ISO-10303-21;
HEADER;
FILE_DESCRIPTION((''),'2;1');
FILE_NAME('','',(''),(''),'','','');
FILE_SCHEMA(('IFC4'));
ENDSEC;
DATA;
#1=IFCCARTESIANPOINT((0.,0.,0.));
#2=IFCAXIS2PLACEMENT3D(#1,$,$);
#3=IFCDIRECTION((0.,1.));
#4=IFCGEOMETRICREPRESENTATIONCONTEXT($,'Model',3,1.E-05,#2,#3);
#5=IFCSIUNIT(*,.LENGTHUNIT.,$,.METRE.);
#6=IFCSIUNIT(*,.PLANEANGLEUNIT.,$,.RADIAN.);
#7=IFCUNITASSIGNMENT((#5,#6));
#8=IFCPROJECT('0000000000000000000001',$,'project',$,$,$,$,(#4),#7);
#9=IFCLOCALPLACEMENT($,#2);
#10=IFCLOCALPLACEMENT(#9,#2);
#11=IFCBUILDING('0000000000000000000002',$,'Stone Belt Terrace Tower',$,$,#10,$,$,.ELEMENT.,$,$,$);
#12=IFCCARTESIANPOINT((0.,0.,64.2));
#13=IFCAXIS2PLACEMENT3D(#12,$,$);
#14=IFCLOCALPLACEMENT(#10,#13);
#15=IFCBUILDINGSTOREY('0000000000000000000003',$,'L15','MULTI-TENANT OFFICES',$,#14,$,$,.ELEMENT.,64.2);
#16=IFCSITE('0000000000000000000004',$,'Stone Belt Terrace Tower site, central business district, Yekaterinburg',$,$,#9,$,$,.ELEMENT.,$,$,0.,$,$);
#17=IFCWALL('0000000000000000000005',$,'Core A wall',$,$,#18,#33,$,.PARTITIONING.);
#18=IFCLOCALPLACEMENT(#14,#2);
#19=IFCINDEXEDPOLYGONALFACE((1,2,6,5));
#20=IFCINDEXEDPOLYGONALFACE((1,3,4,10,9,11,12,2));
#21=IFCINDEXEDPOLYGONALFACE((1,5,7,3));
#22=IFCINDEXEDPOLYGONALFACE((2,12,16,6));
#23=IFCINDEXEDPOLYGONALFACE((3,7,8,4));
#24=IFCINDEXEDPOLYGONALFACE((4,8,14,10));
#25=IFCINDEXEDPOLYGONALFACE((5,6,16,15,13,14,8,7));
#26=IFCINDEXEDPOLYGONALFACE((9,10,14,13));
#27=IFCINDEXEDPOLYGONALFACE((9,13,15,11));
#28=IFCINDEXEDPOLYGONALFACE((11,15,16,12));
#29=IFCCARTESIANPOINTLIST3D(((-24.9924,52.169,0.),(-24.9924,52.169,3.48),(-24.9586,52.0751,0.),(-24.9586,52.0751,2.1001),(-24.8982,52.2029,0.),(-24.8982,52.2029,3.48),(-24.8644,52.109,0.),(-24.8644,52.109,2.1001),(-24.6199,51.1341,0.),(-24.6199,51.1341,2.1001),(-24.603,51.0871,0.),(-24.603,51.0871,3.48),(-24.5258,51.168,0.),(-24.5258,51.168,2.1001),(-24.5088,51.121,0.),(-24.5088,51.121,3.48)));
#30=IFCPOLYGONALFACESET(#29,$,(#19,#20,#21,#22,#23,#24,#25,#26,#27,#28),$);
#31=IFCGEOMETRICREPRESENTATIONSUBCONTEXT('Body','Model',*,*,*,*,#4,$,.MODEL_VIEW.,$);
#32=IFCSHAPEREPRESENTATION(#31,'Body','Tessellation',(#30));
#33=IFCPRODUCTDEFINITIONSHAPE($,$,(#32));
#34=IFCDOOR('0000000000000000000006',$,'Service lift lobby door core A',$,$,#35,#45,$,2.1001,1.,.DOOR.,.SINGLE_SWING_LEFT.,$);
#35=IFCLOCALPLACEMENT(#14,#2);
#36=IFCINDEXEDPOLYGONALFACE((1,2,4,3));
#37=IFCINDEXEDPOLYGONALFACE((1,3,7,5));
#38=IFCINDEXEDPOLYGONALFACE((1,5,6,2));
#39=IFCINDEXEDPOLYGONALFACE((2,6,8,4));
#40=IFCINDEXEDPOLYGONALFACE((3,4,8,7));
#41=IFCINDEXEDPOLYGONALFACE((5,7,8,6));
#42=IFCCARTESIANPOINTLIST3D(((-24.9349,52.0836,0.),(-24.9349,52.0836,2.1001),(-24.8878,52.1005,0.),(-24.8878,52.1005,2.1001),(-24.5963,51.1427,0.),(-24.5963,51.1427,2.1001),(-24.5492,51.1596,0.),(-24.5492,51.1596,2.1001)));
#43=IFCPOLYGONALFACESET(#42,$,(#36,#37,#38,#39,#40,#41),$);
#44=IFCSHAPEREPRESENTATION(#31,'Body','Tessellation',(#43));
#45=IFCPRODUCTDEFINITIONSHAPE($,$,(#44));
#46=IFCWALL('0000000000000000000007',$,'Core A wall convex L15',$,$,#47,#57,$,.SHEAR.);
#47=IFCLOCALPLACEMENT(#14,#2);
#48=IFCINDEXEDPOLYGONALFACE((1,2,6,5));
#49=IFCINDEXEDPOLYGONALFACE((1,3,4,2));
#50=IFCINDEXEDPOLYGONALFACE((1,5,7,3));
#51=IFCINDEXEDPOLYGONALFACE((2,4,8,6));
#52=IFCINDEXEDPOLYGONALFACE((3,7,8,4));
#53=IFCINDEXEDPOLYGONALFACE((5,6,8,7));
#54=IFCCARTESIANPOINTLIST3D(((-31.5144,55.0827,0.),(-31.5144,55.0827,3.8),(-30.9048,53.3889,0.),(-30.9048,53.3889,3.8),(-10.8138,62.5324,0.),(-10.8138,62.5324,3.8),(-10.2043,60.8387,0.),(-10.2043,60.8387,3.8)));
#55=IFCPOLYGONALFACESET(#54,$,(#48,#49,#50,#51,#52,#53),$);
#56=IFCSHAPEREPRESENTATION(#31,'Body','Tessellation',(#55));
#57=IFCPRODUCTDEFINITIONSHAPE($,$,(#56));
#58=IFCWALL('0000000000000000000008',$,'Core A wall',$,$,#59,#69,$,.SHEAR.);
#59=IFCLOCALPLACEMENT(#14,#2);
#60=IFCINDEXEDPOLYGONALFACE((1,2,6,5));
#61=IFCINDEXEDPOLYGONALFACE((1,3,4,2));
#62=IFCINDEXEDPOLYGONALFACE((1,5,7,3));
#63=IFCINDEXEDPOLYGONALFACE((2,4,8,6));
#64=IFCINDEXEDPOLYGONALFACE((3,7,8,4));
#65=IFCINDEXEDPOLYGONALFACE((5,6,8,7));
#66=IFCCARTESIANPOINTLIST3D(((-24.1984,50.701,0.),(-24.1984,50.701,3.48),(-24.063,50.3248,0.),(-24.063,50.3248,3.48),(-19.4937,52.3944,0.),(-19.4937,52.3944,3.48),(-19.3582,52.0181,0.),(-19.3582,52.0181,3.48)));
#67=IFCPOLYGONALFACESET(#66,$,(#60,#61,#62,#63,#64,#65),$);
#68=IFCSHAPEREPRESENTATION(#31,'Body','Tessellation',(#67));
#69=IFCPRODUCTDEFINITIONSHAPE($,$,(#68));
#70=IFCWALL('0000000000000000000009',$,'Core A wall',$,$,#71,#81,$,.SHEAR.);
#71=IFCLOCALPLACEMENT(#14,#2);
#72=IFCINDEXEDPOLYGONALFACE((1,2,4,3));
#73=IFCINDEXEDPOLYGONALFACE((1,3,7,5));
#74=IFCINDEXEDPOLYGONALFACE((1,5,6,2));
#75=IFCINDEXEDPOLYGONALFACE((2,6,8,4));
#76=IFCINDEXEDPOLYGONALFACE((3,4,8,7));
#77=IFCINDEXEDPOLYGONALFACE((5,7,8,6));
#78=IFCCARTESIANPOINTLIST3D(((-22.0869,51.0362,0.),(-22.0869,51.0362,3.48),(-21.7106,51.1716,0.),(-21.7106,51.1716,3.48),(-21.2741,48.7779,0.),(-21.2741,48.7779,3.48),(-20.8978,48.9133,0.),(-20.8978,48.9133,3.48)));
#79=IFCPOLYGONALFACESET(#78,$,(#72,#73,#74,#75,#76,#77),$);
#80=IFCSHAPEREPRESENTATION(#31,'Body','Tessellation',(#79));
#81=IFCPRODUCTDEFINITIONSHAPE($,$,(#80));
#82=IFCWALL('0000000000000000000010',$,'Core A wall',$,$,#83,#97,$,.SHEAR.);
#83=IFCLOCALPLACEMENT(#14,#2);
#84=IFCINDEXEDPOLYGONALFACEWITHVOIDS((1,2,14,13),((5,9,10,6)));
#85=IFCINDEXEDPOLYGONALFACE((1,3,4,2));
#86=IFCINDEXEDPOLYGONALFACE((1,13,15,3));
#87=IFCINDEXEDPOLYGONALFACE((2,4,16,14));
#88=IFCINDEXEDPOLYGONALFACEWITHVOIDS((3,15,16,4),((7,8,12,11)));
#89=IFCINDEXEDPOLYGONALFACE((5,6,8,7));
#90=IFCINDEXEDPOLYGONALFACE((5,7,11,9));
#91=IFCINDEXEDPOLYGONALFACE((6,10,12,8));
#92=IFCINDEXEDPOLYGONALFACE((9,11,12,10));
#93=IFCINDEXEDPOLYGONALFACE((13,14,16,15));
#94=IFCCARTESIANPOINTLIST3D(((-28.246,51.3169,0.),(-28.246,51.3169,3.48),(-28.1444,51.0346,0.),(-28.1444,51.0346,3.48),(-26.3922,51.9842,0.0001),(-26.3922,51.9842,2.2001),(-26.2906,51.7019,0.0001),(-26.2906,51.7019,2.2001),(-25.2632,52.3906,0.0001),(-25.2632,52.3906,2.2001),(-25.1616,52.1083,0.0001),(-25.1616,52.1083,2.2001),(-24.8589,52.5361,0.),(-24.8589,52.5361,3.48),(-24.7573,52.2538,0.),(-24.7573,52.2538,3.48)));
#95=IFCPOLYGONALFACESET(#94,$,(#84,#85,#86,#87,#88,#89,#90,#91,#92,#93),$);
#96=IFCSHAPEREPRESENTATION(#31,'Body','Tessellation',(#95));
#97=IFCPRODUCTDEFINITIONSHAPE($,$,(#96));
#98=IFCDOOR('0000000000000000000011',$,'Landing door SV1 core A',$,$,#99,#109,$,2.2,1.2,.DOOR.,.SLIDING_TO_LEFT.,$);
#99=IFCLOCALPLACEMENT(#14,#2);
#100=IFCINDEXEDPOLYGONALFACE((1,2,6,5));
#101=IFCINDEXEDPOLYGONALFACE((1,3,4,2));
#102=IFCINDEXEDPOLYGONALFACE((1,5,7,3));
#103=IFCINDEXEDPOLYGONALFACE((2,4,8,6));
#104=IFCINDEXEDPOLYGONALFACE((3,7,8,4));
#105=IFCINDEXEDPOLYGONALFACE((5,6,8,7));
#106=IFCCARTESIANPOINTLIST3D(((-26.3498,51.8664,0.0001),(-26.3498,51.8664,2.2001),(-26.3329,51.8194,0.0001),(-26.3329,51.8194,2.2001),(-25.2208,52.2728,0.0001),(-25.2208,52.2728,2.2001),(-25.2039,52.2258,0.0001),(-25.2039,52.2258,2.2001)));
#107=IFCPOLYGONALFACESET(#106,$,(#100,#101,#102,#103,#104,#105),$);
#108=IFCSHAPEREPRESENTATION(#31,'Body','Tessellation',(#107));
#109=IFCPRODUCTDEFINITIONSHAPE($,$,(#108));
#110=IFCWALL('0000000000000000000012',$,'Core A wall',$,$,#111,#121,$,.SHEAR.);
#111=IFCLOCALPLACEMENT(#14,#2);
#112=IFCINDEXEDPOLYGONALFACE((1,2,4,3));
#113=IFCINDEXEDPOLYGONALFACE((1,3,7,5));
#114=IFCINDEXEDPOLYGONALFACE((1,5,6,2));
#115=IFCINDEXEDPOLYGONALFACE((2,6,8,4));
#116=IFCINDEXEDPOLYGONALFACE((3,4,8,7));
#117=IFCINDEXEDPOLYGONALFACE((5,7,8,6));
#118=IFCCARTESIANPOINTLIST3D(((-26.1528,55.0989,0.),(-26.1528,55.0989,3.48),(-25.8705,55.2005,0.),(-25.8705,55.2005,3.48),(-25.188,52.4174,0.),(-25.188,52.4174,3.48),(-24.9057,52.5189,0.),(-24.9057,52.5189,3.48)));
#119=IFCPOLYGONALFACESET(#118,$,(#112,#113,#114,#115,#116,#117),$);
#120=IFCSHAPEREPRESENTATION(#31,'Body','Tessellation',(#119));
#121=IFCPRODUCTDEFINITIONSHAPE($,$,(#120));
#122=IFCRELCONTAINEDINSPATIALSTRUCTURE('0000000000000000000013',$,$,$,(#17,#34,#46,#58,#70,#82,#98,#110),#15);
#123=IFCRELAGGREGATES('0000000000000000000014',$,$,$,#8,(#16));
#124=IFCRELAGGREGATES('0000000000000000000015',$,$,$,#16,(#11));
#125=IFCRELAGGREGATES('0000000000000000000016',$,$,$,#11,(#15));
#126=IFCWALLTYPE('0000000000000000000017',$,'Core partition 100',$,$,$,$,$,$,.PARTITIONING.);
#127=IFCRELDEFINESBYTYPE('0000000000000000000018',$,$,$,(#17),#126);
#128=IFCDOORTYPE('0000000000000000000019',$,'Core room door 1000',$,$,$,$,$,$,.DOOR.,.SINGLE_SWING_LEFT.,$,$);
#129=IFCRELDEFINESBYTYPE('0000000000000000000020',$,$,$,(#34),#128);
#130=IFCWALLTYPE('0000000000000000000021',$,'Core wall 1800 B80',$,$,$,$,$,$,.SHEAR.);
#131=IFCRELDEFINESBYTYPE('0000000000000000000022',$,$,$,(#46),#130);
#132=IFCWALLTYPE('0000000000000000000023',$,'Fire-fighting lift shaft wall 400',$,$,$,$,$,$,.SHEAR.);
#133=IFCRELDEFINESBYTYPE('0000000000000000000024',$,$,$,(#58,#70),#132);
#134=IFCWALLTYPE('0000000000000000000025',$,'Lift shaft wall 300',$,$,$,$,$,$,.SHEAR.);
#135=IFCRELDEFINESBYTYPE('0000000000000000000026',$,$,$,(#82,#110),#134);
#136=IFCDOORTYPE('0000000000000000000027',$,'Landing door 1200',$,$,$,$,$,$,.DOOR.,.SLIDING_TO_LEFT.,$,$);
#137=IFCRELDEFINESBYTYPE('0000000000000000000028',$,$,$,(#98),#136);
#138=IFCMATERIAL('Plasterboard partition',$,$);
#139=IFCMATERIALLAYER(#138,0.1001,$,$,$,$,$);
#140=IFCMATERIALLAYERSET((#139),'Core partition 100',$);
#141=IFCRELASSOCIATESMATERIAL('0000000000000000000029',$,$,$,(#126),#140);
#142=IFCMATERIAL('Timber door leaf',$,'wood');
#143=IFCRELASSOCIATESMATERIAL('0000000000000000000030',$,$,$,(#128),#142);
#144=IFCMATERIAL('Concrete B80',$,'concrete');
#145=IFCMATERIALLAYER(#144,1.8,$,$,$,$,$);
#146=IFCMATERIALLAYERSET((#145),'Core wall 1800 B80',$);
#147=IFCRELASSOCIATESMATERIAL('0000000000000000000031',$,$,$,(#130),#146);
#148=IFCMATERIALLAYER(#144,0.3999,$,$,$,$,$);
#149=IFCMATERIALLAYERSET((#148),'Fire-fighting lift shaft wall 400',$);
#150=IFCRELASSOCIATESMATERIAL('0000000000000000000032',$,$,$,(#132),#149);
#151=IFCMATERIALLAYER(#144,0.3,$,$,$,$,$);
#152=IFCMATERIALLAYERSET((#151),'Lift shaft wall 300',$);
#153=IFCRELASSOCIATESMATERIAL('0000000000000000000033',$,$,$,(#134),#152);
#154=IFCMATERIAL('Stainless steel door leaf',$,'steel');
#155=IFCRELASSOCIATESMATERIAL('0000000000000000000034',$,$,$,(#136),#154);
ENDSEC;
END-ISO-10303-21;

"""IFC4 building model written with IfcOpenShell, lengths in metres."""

from ifc_helpers import new_model, si_unit, direction, frame, frame_2d, origin, place, context, subcontext, project, spatial, rectangle, extrude, material, layer, layer_set, type_object, element, fill, save


model = new_model("IFC4")

# Units and contexts
model_context = context("Model", 3, precision=1e-05, world=origin(), true_north=direction((0.0, 1.0)))
body_context = subcontext(model_context, "Body", "Model", "MODEL_VIEW")
ifc_project = project(units=[si_unit("LENGTHUNIT", "METRE"), si_unit("PLANEANGLEUNIT", "RADIAN")], contexts=[model_context])

# Site, building, storey
site_placement = place(None, origin())
site = spatial("IfcSite", under=ifc_project, at=site_placement, Name="Stone Belt Terrace Tower site, central business district, Yekaterinburg", CompositionType="ELEMENT", RefElevation=0.0)
building_placement = place(site_placement, origin())
building = spatial("IfcBuilding", under=site, at=building_placement, Name="Stone Belt Terrace Tower", CompositionType="ELEMENT")
storey_placement = place(building_placement, frame((0.0, 0.0, 64.2)))
storey = spatial("IfcBuildingStorey", under=building, at=storey_placement, Name="L15", Description="MULTI-TENANT OFFICES", CompositionType="ELEMENT", Elevation=64.2)

# Wall, opening, door
ifc_material_1 = material(Name="Plasterboard partition")
ifc_layer_1 = layer(ifc_material_1, 0.1001)
ifc_layer_set_1 = layer_set([ifc_layer_1], Name="Core partition 100")
wall_type_1 = type_object("IfcWallType", Name="Core partition 100", PredefinedType="PARTITIONING", material=ifc_layer_set_1)
wall_1_placement = place(storey_placement, frame((-24.5559, 51.104, 0.0), z_axis=(0.0, 0.0, 1.0), x_axis=(-0.338622, 0.940923, 0.0)))
wall_1 = element("IfcWall", 1, at=wall_1_placement, inside=storey, type_object=wall_type_1, Name="Core A wall", PredefinedType="PARTITIONING", context=body_context, shape_type="SweptSolid", body=[
    extrude(rectangle(XDim=1.1499, YDim=0.1001, at=frame_2d((0.575, 0.0))), origin(), (0.0, 0.0, 1.0), 3.48),
])
opening_1_placement = place(wall_1_placement, frame((0.05, 0.0, 0.0)))
opening_1 = element("IfcOpeningElement", 2, at=opening_1_placement, cuts=wall_1, PredefinedType="OPENING", context=body_context, shape_type="SweptSolid", body=[
    extrude(rectangle(XDim=1.0, YDim=2.1001, at=frame_2d((0.5, 1.05))), frame((0.0, 0.0601, 0.0), z_axis=(0.0, -1.0, 0.0), x_axis=(1.0, 0.0, 0.0)), (0.0, 0.0, 1.0), 0.1201),
])
ifc_material_2 = material(Name="Timber door leaf", Category="wood")
door_type_1 = type_object("IfcDoorType", Name="Core room door 1000", OperationType="SINGLE_SWING_LEFT", PredefinedType="DOOR", material=ifc_material_2)
door_1_placement = place(opening_1_placement, origin())
door_1 = element("IfcDoor", 3, at=door_1_placement, inside=storey, type_object=door_type_1, Name="Service lift lobby door core A", OperationType="SINGLE_SWING_LEFT", OverallHeight=2.1001, OverallWidth=1.0, PredefinedType="DOOR", context=body_context, shape_type="SweptSolid", body=[
    extrude(rectangle(XDim=1.0, YDim=2.1001, at=frame_2d((0.5, 1.05))), frame((0.0, 0.0249, 0.0), z_axis=(0.0, -1.0, 0.0), x_axis=(1.0, 0.0, 0.0)), (0.0, 0.0, 1.0), 0.05),
])
fill(opening_1, door_1)

# Walls
ifc_material_3 = material(Name="Concrete B80", Category="concrete")
ifc_layer_2 = layer(ifc_material_3, 1.8)
ifc_layer_set_2 = layer_set([ifc_layer_2], Name="Core wall 1800 B80")
wall_type_2 = type_object("IfcWallType", Name="Core wall 1800 B80", PredefinedType="SHEAR", material=ifc_layer_set_2)
wall_2_placement = place(storey_placement, frame((-31.2095, 54.2358, 0.0), z_axis=(0.0, 0.0, 1.0), x_axis=(0.940923, 0.338621, 0.0)))
element("IfcWall", 4, at=wall_2_placement, inside=storey, type_object=wall_type_2, Name="Core A wall convex L15", PredefinedType="SHEAR", context=body_context, shape_type="SweptSolid", body=[
    extrude(rectangle(XDim=22.0002, YDim=1.8, at=frame_2d((11.0, 0.0))), origin(), (0.0, 0.0, 1.0), 3.8),
])
ifc_layer_3 = layer(ifc_material_3, 0.3999)
ifc_layer_set_3 = layer_set([ifc_layer_3], Name="Fire-fighting lift shaft wall 400")
wall_type_3 = type_object("IfcWallType", Name="Fire-fighting lift shaft wall 400", PredefinedType="SHEAR", material=ifc_layer_set_3)
wall_3_placement = place(storey_placement, frame((-24.1306, 50.5129, 0.0), z_axis=(0.0, 0.0, 1.0), x_axis=(0.940912, 0.338652, 0.0)))
element("IfcWall", 5, at=wall_3_placement, inside=storey, type_object=wall_type_3, Name="Core A wall", PredefinedType="SHEAR", context=body_context, shape_type="SweptSolid", body=[
    extrude(rectangle(XDim=5.0002, YDim=0.3999, at=frame_2d((2.5, 0.0))), origin(), (0.0, 0.0, 1.0), 3.48),
])
wall_4_placement = place(storey_placement, frame((-21.0859, 48.8455, 0.0), z_axis=(0.0, 0.0, 1.0), x_axis=(-0.338629, 0.94092, 0.0)))
element("IfcWall", 6, at=wall_4_placement, inside=storey, type_object=wall_type_3, Name="Core A wall", PredefinedType="SHEAR", context=body_context, shape_type="SweptSolid", body=[
    extrude(rectangle(XDim=2.4001, YDim=0.3999, at=frame_2d((1.2002, 0.0))), origin(), (0.0, 0.0, 1.0), 3.48),
])

# Wall, opening, door
ifc_layer_4 = layer(ifc_material_3, 0.3)
ifc_layer_set_4 = layer_set([ifc_layer_4], Name="Lift shaft wall 300")
wall_type_4 = type_object("IfcWallType", Name="Lift shaft wall 300", PredefinedType="SHEAR", material=ifc_layer_set_4)
wall_5_placement = place(storey_placement, frame((-28.1951, 51.1758, 0.0), z_axis=(0.0, 0.0, 1.0), x_axis=(0.940901, 0.338681, 0.0)))
wall_5 = element("IfcWall", 7, at=wall_5_placement, inside=storey, type_object=wall_type_4, Name="Core A wall", PredefinedType="SHEAR", context=body_context, shape_type="SweptSolid", body=[
    extrude(rectangle(XDim=3.5999, YDim=0.3, at=frame_2d((1.7998, 0.0))), origin(), (0.0, 0.0, 1.0), 3.48),
])
opening_2_placement = place(wall_5_placement, frame((1.97, 0.0, 0.0)))
opening_2 = element("IfcOpeningElement", 8, at=opening_2_placement, cuts=wall_5, PredefinedType="OPENING", context=body_context, shape_type="SweptSolid", body=[
    extrude(rectangle(XDim=1.2, YDim=2.2, at=frame_2d((0.6001, 1.1001))), frame((0.0, 0.1599, 0.0), z_axis=(0.0, -1.0, 0.0), x_axis=(1.0, 0.0, 0.0)), (0.0, 0.0, 1.0), 0.3201),
])
ifc_material_4 = material(Name="Stainless steel door leaf", Category="steel")
door_type_2 = type_object("IfcDoorType", Name="Landing door 1200", OperationType="SLIDING_TO_LEFT", PredefinedType="DOOR", material=ifc_material_4)
door_2_placement = place(opening_2_placement, origin())
door_2 = element("IfcDoor", 9, at=door_2_placement, inside=storey, type_object=door_type_2, Name="Landing door SV1 core A", OperationType="SLIDING_TO_LEFT", OverallHeight=2.2, OverallWidth=1.2, PredefinedType="DOOR", context=body_context, shape_type="SweptSolid", body=[
    extrude(rectangle(XDim=1.2, YDim=2.2, at=frame_2d((0.6001, 1.1001))), frame((0.0, 0.0249, 0.0), z_axis=(0.0, -1.0, 0.0), x_axis=(1.0, 0.0, 0.0)), (0.0, 0.0, 1.0), 0.05),
])
fill(opening_2, door_2)

# Wall
wall_6_placement = place(storey_placement, frame((-25.0469, 52.4683, 0.0), z_axis=(0.0, 0.0, 1.0), x_axis=(-0.33855, 0.940949, 0.0)))
element("IfcWall", 10, at=wall_6_placement, inside=storey, type_object=wall_type_4, Name="Core A wall", PredefinedType="SHEAR", context=body_context, shape_type="SweptSolid", body=[
    extrude(rectangle(XDim=2.8499, YDim=0.3, at=frame_2d((1.4248, 0.0))), origin(), (0.0, 0.0, 1.0), 3.48),
])

save(model, "model.ifc")
